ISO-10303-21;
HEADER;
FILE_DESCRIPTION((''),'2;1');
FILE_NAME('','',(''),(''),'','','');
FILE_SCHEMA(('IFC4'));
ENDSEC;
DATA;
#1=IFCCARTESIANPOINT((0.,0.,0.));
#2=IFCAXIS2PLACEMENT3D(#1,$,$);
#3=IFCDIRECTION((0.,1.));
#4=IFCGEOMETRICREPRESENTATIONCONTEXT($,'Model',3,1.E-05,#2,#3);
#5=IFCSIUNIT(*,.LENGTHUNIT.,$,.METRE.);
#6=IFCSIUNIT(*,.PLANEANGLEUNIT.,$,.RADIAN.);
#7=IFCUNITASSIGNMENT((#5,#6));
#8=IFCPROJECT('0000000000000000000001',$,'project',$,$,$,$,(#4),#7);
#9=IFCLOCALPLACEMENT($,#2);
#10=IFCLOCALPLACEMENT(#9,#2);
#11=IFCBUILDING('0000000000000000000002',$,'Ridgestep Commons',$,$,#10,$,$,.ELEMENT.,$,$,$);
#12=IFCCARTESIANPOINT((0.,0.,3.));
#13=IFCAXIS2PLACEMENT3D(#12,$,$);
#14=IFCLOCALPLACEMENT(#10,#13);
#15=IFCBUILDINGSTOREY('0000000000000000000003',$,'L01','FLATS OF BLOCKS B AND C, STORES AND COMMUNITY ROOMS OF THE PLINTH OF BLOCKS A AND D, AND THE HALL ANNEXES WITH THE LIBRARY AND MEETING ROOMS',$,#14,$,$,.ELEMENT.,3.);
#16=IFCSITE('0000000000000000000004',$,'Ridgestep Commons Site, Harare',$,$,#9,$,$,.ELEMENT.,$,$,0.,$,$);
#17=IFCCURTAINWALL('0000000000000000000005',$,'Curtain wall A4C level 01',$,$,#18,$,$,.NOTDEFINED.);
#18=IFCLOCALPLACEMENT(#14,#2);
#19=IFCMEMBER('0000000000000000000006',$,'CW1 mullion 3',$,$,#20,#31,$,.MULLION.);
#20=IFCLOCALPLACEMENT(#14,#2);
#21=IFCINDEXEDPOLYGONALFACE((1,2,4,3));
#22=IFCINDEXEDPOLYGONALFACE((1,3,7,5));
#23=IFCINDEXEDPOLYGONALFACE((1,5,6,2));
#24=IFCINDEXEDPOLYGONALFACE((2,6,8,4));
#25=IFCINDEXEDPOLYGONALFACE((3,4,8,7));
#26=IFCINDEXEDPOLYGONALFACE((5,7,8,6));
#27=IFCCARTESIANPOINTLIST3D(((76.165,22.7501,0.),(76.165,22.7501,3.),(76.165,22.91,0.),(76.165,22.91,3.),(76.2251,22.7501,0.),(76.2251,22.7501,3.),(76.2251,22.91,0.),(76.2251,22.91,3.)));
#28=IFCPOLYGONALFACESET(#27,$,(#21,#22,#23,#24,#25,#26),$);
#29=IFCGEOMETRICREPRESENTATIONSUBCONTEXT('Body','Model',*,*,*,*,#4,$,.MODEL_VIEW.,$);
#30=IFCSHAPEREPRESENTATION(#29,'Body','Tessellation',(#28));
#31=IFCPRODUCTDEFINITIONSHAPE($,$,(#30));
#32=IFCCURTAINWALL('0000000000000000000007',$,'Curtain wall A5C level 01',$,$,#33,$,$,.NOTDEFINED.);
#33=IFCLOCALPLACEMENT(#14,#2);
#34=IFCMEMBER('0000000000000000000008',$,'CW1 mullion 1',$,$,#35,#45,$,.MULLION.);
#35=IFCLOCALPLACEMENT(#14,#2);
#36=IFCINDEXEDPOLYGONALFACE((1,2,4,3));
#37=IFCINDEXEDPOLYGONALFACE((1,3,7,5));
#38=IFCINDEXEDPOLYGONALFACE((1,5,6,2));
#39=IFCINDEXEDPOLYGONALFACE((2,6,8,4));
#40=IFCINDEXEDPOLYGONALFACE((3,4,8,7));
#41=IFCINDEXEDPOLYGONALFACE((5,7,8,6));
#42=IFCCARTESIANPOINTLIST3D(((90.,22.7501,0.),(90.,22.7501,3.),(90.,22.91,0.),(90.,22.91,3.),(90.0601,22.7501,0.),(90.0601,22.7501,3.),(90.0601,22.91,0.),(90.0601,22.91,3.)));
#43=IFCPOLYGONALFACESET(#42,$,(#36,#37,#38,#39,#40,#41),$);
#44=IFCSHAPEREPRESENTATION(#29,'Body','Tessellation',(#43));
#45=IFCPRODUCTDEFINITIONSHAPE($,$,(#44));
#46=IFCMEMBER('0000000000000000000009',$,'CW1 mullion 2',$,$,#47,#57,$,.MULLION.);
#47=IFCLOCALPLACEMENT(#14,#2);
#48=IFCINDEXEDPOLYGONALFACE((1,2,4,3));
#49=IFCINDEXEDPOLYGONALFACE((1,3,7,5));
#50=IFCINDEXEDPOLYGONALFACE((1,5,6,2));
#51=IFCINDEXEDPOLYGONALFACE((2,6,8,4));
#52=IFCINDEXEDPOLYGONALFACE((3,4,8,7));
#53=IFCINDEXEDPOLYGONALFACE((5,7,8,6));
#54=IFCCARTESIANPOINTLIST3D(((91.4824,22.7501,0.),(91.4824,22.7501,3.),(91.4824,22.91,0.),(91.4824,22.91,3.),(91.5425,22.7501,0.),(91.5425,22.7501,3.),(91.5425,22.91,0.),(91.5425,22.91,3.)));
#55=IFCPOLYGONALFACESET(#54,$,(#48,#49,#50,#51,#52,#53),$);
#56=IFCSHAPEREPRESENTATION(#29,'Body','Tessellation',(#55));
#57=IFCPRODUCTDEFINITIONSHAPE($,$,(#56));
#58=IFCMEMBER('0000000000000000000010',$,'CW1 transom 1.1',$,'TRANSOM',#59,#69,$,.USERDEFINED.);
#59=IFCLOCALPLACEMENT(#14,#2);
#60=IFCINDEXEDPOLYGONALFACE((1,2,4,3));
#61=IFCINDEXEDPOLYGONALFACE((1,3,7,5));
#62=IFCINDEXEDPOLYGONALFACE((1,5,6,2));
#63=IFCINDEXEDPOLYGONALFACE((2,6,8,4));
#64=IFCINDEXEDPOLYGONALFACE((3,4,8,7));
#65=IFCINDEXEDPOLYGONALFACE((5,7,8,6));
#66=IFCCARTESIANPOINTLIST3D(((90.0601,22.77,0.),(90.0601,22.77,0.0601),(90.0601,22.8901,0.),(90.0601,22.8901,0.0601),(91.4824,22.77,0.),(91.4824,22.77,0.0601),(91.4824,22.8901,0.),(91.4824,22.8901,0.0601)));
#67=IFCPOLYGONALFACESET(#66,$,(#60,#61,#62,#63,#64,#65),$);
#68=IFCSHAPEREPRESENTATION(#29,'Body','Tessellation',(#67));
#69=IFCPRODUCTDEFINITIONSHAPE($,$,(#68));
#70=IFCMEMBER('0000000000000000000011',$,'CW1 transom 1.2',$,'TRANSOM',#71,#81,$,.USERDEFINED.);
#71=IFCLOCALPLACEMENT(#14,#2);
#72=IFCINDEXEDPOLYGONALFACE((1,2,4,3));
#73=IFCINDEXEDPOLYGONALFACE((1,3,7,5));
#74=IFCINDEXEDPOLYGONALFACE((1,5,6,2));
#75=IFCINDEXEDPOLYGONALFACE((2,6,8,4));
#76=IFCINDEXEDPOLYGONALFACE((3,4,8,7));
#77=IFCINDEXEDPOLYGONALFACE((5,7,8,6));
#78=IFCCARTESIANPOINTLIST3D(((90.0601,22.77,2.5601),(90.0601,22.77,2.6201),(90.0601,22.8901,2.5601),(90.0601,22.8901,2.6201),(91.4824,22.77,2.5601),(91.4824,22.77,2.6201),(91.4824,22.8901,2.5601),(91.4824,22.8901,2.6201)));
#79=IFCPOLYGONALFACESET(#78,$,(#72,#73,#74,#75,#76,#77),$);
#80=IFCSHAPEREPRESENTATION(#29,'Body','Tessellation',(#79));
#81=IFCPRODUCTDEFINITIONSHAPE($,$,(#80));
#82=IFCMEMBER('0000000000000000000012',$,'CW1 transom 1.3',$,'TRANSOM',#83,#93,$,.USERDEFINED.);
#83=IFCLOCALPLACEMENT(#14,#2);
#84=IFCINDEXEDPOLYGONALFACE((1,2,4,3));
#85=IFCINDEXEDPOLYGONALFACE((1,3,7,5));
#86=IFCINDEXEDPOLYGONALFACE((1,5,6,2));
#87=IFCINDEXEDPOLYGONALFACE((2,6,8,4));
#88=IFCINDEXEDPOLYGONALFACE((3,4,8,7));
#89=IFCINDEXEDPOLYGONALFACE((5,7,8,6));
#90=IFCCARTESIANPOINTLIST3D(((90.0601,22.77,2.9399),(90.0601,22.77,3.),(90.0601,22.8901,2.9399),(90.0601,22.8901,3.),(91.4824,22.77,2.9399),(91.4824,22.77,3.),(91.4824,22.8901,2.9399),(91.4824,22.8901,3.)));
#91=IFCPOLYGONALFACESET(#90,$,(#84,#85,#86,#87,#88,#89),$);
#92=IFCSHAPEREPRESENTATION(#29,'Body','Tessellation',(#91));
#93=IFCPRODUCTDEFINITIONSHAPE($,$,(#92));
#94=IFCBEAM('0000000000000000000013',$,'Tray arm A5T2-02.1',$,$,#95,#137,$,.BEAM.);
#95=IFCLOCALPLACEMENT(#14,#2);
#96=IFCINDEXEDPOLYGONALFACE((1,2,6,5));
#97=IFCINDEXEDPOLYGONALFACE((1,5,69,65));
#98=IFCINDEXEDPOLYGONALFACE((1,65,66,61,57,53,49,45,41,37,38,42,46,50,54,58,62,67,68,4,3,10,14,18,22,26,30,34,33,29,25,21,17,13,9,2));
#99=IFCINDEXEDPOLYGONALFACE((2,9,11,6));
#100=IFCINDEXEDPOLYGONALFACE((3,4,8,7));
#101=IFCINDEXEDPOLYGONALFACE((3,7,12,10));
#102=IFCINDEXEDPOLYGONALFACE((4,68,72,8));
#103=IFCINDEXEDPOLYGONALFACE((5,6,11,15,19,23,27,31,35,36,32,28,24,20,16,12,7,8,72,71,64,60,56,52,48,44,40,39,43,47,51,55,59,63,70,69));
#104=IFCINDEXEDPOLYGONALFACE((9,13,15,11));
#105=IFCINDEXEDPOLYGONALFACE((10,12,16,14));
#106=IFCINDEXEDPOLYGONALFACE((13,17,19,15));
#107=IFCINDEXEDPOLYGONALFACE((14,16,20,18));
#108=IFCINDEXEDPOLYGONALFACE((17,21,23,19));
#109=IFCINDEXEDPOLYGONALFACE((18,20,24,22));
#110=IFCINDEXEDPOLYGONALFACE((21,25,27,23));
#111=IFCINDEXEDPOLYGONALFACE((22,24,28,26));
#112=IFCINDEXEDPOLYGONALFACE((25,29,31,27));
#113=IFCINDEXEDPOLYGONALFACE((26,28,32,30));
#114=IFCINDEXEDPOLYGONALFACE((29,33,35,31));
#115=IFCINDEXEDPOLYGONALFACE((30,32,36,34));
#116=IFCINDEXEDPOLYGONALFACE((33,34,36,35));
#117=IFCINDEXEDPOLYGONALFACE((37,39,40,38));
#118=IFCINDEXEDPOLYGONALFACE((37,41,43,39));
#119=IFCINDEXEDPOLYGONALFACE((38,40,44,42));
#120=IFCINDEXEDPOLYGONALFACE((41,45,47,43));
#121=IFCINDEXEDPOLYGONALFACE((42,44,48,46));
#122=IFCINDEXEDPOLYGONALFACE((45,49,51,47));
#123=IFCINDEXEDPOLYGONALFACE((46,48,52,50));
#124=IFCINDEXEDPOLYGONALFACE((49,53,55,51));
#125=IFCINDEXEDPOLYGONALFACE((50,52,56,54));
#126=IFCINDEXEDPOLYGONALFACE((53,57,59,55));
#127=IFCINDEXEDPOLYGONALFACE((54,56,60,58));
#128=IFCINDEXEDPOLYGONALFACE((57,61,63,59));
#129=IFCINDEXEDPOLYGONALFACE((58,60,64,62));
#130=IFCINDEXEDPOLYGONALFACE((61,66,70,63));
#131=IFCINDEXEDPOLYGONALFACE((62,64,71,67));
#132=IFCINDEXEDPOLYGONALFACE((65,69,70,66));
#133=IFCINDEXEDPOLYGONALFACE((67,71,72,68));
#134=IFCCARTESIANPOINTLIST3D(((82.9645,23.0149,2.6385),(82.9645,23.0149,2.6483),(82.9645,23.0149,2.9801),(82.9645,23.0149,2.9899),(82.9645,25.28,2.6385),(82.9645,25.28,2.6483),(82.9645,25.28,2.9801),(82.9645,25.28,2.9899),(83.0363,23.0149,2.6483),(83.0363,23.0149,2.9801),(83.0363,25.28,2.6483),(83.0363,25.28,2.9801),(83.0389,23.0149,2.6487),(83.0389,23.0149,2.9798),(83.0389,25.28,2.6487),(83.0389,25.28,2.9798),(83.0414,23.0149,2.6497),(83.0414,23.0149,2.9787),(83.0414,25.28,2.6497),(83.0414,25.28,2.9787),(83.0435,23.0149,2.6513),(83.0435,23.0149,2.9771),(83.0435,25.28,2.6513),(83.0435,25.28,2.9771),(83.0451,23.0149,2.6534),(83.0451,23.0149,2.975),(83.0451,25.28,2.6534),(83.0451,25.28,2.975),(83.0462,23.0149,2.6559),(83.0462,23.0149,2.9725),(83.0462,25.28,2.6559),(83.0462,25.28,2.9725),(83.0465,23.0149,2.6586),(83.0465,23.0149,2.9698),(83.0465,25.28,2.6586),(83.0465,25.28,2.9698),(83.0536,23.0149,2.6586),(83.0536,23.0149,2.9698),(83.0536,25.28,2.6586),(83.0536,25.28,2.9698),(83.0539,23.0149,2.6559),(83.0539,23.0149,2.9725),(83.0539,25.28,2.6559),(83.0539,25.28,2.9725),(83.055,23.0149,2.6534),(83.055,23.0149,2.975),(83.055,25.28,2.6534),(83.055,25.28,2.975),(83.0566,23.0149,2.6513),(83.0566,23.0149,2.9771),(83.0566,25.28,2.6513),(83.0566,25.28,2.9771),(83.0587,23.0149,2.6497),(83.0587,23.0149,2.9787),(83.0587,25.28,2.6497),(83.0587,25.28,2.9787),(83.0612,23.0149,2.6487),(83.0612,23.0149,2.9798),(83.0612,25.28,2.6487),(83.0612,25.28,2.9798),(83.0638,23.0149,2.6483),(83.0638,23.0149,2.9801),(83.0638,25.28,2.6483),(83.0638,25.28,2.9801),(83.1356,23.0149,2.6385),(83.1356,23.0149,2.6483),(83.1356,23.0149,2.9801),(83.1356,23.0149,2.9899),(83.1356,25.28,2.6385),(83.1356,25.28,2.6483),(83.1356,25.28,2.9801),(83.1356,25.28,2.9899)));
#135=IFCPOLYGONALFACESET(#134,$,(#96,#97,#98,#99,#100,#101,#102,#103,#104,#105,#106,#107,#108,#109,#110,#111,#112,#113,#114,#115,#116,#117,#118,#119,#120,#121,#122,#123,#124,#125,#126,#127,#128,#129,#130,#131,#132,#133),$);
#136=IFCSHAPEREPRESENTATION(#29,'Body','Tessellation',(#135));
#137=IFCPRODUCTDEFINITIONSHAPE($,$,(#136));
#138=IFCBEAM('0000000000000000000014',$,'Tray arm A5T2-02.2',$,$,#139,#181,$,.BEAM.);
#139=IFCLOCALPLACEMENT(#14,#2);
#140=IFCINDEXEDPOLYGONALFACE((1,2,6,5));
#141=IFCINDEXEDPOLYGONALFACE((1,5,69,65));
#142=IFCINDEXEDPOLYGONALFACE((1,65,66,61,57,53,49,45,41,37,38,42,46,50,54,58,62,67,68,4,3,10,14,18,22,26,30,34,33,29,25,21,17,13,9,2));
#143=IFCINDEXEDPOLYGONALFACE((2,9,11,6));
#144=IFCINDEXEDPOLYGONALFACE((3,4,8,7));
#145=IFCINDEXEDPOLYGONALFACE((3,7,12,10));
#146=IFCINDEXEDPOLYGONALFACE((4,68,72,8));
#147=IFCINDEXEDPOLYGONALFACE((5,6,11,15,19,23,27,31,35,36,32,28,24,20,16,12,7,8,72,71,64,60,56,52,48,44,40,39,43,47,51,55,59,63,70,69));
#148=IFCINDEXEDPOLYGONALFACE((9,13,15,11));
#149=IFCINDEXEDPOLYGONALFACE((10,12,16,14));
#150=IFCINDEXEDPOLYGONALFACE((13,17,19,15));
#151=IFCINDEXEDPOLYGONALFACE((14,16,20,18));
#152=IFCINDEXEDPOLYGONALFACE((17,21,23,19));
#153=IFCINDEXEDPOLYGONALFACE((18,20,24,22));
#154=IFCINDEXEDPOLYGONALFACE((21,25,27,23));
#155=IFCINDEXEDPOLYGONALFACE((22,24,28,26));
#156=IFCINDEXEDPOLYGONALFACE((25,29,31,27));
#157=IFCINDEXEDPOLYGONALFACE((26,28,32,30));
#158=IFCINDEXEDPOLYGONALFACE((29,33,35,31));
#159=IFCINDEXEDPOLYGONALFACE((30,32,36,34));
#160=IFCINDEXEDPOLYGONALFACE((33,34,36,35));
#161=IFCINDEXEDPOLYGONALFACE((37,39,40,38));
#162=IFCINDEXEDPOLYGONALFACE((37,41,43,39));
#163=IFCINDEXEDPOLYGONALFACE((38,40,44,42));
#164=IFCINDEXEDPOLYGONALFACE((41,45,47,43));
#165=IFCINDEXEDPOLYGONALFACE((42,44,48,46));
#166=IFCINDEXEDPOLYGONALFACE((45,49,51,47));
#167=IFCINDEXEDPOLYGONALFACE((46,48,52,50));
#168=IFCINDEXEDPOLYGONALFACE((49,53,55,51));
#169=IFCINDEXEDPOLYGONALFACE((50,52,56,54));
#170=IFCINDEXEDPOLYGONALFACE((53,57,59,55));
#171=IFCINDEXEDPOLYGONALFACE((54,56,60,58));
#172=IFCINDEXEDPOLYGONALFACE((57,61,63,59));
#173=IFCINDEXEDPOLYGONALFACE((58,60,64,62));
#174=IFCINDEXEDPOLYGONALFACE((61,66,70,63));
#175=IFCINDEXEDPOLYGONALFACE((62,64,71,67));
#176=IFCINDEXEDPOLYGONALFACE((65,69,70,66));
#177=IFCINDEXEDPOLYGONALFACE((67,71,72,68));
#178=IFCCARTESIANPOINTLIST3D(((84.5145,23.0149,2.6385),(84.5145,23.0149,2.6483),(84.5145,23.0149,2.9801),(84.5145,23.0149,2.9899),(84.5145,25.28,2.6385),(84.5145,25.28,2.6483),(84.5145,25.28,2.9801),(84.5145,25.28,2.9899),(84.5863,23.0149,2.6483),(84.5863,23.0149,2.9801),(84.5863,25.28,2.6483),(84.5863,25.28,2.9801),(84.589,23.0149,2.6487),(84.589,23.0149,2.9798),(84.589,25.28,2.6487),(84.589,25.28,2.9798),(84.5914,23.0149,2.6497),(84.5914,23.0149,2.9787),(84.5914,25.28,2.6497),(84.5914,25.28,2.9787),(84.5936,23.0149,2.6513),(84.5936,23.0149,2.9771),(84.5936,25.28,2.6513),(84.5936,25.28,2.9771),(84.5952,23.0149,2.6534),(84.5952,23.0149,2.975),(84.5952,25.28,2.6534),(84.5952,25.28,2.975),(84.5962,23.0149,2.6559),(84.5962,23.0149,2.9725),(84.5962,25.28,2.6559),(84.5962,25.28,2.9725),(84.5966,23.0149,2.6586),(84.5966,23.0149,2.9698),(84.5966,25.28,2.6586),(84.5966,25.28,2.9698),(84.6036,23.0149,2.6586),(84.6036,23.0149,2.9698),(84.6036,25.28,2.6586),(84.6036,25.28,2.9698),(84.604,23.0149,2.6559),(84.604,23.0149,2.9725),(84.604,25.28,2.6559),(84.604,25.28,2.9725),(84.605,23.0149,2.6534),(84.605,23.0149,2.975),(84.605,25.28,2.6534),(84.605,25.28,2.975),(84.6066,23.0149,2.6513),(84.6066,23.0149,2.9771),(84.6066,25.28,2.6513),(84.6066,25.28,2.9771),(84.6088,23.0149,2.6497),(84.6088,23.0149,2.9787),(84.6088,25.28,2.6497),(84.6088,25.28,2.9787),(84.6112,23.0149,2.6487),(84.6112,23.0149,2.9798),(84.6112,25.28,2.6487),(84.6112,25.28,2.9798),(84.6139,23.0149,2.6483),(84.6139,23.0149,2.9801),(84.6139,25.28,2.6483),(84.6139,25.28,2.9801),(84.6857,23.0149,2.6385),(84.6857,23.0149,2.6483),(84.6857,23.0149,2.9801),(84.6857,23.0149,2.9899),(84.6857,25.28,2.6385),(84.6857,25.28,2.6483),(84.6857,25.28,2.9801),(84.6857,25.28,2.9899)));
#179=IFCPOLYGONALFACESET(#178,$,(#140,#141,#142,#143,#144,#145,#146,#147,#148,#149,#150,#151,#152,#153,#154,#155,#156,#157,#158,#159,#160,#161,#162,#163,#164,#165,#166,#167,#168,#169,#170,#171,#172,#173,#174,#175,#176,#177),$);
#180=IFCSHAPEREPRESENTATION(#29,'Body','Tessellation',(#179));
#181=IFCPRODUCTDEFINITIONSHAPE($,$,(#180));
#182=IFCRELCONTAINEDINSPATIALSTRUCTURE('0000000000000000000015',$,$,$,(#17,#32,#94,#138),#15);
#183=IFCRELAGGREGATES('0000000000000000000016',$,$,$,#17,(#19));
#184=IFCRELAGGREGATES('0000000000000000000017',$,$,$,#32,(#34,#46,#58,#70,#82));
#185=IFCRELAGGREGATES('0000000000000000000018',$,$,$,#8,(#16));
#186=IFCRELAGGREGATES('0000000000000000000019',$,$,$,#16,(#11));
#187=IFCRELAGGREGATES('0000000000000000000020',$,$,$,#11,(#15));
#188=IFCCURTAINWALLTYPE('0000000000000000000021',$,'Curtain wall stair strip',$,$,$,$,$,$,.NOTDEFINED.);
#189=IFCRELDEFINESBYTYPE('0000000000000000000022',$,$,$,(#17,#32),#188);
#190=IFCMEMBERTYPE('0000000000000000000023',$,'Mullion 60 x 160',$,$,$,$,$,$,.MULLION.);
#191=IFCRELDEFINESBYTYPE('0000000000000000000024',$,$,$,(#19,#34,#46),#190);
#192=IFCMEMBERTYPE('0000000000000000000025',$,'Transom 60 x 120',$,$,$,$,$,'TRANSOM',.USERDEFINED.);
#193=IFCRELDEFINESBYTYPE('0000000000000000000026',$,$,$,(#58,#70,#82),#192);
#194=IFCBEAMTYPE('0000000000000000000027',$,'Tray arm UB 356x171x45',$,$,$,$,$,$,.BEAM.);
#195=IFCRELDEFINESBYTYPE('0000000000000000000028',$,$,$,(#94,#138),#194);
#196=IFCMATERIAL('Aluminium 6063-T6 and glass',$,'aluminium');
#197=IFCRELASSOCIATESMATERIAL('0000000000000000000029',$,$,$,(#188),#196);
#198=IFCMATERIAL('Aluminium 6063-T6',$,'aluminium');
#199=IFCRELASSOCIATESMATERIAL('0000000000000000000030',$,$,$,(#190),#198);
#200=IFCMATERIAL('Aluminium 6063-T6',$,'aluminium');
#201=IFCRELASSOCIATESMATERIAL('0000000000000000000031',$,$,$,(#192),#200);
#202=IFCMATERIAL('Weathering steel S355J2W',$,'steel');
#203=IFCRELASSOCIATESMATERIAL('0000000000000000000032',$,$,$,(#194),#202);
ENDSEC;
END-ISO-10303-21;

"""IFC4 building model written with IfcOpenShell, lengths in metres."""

from ifc_helpers import new_model, si_unit, direction, frame, origin, origin_2d, place, context, subcontext, project, spatial, rectangle, i_section, extrude, material, material_profile, profile_set, type_object, element, aggregate, save


model = new_model("IFC4")

# Units and contexts
model_context = context("Model", 3, precision=1e-05, world=origin(), true_north=direction((0.0, 1.0)))
body_context = subcontext(model_context, "Body", "Model", "MODEL_VIEW")
ifc_project = project(units=[si_unit("LENGTHUNIT", "METRE"), si_unit("PLANEANGLEUNIT", "RADIAN")], contexts=[model_context])

# Site, building, storey
site_placement = place(None, origin())
site = spatial("IfcSite", under=ifc_project, at=site_placement, Name="Ridgestep Commons Site, Harare", CompositionType="ELEMENT", RefElevation=0.0)
building_placement = place(site_placement, origin())
building = spatial("IfcBuilding", under=site, at=building_placement, Name="Ridgestep Commons", CompositionType="ELEMENT")
storey_placement = place(building_placement, frame((0.0, 0.0, 3.0)))
storey = spatial("IfcBuildingStorey", under=building, at=storey_placement, Name="L01", Description="FLATS OF BLOCKS B AND C, STORES AND COMMUNITY ROOMS OF THE PLINTH OF BLOCKS A AND D, AND THE HALL ANNEXES WITH THE LIBRARY AND MEETING ROOMS", CompositionType="ELEMENT", Elevation=3.0)

# Curtain wall, member
ifc_material_1 = material(Name="Aluminium 6063-T6 and glass", Category="aluminium")
curtain_wall_type = type_object("IfcCurtainWallType", Name="Curtain wall stair strip", PredefinedType="NOTDEFINED", material=ifc_material_1)
curtain_wall_1_placement = place(storey_placement, origin())
curtain_wall_1 = element("IfcCurtainWall", 1, at=curtain_wall_1_placement, inside=storey, type_object=curtain_wall_type, Name="Curtain wall A4C level 01", PredefinedType="NOTDEFINED")
ifc_material_2 = material(Name="Aluminium 6063-T6", Category="aluminium")
ifc_material_profile_1 = material_profile(ifc_material_2, rectangle(XDim=0.1599, YDim=0.0601, at=origin_2d()), Name="Mullion 60 x 160")
ifc_profile_set_1 = profile_set([ifc_material_profile_1], Name="Aluminium 6063-T6")
member_type_1 = type_object("IfcMemberType", Name="Mullion 60 x 160", PredefinedType="MULLION", material=ifc_profile_set_1)
member_1_placement = place(storey_placement, frame((76.1951, 22.8301, 0.0), z_axis=(0.0, 0.0, 1.0), x_axis=(0.0, 1.0, 0.0)))
member_1 = element("IfcMember", 2, at=member_1_placement, type_object=member_type_1, Name="CW1 mullion 3", PredefinedType="MULLION", context=body_context, shape_type="SweptSolid", body=[
    extrude(rectangle(XDim=0.1599, YDim=0.0601, at=origin_2d()), origin(), (0.0, 0.0, 1.0), 3.0),
])

# Curtain wall, members
curtain_wall_2_placement = place(storey_placement, origin())
curtain_wall_2 = element("IfcCurtainWall", 3, at=curtain_wall_2_placement, inside=storey, type_object=curtain_wall_type, Name="Curtain wall A5C level 01", PredefinedType="NOTDEFINED")
member_2_placement = place(storey_placement, frame((90.03, 22.8301, 0.0), z_axis=(0.0, 0.0, 1.0), x_axis=(0.0, 1.0, 0.0)))
member_2 = element("IfcMember", 4, at=member_2_placement, type_object=member_type_1, Name="CW1 mullion 1", PredefinedType="MULLION", context=body_context, shape_type="SweptSolid", body=[
    extrude(rectangle(XDim=0.1599, YDim=0.0601, at=origin_2d()), origin(), (0.0, 0.0, 1.0), 3.0),
])
member_3_placement = place(storey_placement, frame((91.5125, 22.8301, 0.0), z_axis=(0.0, 0.0, 1.0), x_axis=(0.0, 1.0, 0.0)))
member_3 = element("IfcMember", 5, at=member_3_placement, type_object=member_type_1, Name="CW1 mullion 2", PredefinedType="MULLION", context=body_context, shape_type="SweptSolid", body=[
    extrude(rectangle(XDim=0.1599, YDim=0.0601, at=origin_2d()), origin(), (0.0, 0.0, 1.0), 3.0),
])
ifc_material_3 = material(Name="Aluminium 6063-T6", Category="aluminium")
ifc_material_profile_2 = material_profile(ifc_material_3, rectangle(XDim=0.1201, YDim=0.0601, at=origin_2d()), Name="Transom 60 x 120")
ifc_profile_set_2 = profile_set([ifc_material_profile_2], Name="Aluminium 6063-T6")
member_type_2 = type_object("IfcMemberType", Name="Transom 60 x 120", ElementType="TRANSOM", PredefinedType="USERDEFINED", material=ifc_profile_set_2)
member_4_placement = place(storey_placement, frame((90.0601, 22.8301, 0.03), z_axis=(1.0, 0.0, 0.0), x_axis=(0.0, 1.0, 0.0)))
member_4 = element("IfcMember", 6, at=member_4_placement, type_object=member_type_2, Name="CW1 transom 1.1", ObjectType="TRANSOM", PredefinedType="USERDEFINED", context=body_context, shape_type="SweptSolid", body=[
    extrude(rectangle(XDim=0.1201, YDim=0.0601, at=origin_2d()), origin(), (0.0, 0.0, 1.0), 1.4224),
])
member_5_placement = place(storey_placement, frame((90.0601, 22.8301, 2.5901), z_axis=(1.0, 0.0, 0.0), x_axis=(0.0, 1.0, 0.0)))
member_5 = element("IfcMember", 7, at=member_5_placement, type_object=member_type_2, Name="CW1 transom 1.2", ObjectType="TRANSOM", PredefinedType="USERDEFINED", context=body_context, shape_type="SweptSolid", body=[
    extrude(rectangle(XDim=0.1201, YDim=0.0601, at=origin_2d()), origin(), (0.0, 0.0, 1.0), 1.4224),
])
member_6_placement = place(storey_placement, frame((90.0601, 22.8301, 2.97), z_axis=(1.0, 0.0, 0.0), x_axis=(0.0, 1.0, 0.0)))
member_6 = element("IfcMember", 8, at=member_6_placement, type_object=member_type_2, Name="CW1 transom 1.3", ObjectType="TRANSOM", PredefinedType="USERDEFINED", context=body_context, shape_type="SweptSolid", body=[
    extrude(rectangle(XDim=0.1201, YDim=0.0601, at=origin_2d()), origin(), (0.0, 0.0, 1.0), 1.4224),
])

# Beams
ifc_material_4 = material(Name="Weathering steel S355J2W", Category="steel")
ifc_material_profile_3 = material_profile(ifc_material_4, i_section(OverallWidth=0.1711, OverallDepth=0.3513, WebThickness=0.0071, FlangeThickness=0.0098, FilletRadius=0.0103, at=origin_2d()), Name="UB 356x171x45")
ifc_profile_set_3 = profile_set([ifc_material_profile_3], Name="Weathering steel S355J2W")
beam_type_1 = type_object("IfcBeamType", Name="Tray arm UB 356x171x45", PredefinedType="BEAM", material=ifc_profile_set_3)
for number, where, z_axis, x_axis, name in (
    (9, (83.05, 23.0149, 2.8142), (0.0, 1.0, 0.0), (-1.0, 0.0, 0.0), "Tray arm A5T2-02.1"),
    (10, (84.6001, 23.0149, 2.8142), (0.0, 1.0, 0.0), (-1.0, 0.0, 0.0), "Tray arm A5T2-02.2"),
):
    element("IfcBeam", number, at=place(storey_placement, frame(where, z_axis=z_axis, x_axis=x_axis)), inside=storey, type_object=beam_type_1, Name=name, PredefinedType="BEAM", context=body_context, shape_type="SweptSolid", body=[
        extrude(i_section(OverallWidth=0.1711, OverallDepth=0.3513, WebThickness=0.0071, FlangeThickness=0.0098, FilletRadius=0.0103, at=origin_2d()), origin(), (0.0, 0.0, 1.0), 2.2651),
    ])

aggregate(curtain_wall_1, [member_1])
aggregate(curtain_wall_2, [member_2, member_3, member_4, member_5, member_6])

save(model, "model.ifc")
